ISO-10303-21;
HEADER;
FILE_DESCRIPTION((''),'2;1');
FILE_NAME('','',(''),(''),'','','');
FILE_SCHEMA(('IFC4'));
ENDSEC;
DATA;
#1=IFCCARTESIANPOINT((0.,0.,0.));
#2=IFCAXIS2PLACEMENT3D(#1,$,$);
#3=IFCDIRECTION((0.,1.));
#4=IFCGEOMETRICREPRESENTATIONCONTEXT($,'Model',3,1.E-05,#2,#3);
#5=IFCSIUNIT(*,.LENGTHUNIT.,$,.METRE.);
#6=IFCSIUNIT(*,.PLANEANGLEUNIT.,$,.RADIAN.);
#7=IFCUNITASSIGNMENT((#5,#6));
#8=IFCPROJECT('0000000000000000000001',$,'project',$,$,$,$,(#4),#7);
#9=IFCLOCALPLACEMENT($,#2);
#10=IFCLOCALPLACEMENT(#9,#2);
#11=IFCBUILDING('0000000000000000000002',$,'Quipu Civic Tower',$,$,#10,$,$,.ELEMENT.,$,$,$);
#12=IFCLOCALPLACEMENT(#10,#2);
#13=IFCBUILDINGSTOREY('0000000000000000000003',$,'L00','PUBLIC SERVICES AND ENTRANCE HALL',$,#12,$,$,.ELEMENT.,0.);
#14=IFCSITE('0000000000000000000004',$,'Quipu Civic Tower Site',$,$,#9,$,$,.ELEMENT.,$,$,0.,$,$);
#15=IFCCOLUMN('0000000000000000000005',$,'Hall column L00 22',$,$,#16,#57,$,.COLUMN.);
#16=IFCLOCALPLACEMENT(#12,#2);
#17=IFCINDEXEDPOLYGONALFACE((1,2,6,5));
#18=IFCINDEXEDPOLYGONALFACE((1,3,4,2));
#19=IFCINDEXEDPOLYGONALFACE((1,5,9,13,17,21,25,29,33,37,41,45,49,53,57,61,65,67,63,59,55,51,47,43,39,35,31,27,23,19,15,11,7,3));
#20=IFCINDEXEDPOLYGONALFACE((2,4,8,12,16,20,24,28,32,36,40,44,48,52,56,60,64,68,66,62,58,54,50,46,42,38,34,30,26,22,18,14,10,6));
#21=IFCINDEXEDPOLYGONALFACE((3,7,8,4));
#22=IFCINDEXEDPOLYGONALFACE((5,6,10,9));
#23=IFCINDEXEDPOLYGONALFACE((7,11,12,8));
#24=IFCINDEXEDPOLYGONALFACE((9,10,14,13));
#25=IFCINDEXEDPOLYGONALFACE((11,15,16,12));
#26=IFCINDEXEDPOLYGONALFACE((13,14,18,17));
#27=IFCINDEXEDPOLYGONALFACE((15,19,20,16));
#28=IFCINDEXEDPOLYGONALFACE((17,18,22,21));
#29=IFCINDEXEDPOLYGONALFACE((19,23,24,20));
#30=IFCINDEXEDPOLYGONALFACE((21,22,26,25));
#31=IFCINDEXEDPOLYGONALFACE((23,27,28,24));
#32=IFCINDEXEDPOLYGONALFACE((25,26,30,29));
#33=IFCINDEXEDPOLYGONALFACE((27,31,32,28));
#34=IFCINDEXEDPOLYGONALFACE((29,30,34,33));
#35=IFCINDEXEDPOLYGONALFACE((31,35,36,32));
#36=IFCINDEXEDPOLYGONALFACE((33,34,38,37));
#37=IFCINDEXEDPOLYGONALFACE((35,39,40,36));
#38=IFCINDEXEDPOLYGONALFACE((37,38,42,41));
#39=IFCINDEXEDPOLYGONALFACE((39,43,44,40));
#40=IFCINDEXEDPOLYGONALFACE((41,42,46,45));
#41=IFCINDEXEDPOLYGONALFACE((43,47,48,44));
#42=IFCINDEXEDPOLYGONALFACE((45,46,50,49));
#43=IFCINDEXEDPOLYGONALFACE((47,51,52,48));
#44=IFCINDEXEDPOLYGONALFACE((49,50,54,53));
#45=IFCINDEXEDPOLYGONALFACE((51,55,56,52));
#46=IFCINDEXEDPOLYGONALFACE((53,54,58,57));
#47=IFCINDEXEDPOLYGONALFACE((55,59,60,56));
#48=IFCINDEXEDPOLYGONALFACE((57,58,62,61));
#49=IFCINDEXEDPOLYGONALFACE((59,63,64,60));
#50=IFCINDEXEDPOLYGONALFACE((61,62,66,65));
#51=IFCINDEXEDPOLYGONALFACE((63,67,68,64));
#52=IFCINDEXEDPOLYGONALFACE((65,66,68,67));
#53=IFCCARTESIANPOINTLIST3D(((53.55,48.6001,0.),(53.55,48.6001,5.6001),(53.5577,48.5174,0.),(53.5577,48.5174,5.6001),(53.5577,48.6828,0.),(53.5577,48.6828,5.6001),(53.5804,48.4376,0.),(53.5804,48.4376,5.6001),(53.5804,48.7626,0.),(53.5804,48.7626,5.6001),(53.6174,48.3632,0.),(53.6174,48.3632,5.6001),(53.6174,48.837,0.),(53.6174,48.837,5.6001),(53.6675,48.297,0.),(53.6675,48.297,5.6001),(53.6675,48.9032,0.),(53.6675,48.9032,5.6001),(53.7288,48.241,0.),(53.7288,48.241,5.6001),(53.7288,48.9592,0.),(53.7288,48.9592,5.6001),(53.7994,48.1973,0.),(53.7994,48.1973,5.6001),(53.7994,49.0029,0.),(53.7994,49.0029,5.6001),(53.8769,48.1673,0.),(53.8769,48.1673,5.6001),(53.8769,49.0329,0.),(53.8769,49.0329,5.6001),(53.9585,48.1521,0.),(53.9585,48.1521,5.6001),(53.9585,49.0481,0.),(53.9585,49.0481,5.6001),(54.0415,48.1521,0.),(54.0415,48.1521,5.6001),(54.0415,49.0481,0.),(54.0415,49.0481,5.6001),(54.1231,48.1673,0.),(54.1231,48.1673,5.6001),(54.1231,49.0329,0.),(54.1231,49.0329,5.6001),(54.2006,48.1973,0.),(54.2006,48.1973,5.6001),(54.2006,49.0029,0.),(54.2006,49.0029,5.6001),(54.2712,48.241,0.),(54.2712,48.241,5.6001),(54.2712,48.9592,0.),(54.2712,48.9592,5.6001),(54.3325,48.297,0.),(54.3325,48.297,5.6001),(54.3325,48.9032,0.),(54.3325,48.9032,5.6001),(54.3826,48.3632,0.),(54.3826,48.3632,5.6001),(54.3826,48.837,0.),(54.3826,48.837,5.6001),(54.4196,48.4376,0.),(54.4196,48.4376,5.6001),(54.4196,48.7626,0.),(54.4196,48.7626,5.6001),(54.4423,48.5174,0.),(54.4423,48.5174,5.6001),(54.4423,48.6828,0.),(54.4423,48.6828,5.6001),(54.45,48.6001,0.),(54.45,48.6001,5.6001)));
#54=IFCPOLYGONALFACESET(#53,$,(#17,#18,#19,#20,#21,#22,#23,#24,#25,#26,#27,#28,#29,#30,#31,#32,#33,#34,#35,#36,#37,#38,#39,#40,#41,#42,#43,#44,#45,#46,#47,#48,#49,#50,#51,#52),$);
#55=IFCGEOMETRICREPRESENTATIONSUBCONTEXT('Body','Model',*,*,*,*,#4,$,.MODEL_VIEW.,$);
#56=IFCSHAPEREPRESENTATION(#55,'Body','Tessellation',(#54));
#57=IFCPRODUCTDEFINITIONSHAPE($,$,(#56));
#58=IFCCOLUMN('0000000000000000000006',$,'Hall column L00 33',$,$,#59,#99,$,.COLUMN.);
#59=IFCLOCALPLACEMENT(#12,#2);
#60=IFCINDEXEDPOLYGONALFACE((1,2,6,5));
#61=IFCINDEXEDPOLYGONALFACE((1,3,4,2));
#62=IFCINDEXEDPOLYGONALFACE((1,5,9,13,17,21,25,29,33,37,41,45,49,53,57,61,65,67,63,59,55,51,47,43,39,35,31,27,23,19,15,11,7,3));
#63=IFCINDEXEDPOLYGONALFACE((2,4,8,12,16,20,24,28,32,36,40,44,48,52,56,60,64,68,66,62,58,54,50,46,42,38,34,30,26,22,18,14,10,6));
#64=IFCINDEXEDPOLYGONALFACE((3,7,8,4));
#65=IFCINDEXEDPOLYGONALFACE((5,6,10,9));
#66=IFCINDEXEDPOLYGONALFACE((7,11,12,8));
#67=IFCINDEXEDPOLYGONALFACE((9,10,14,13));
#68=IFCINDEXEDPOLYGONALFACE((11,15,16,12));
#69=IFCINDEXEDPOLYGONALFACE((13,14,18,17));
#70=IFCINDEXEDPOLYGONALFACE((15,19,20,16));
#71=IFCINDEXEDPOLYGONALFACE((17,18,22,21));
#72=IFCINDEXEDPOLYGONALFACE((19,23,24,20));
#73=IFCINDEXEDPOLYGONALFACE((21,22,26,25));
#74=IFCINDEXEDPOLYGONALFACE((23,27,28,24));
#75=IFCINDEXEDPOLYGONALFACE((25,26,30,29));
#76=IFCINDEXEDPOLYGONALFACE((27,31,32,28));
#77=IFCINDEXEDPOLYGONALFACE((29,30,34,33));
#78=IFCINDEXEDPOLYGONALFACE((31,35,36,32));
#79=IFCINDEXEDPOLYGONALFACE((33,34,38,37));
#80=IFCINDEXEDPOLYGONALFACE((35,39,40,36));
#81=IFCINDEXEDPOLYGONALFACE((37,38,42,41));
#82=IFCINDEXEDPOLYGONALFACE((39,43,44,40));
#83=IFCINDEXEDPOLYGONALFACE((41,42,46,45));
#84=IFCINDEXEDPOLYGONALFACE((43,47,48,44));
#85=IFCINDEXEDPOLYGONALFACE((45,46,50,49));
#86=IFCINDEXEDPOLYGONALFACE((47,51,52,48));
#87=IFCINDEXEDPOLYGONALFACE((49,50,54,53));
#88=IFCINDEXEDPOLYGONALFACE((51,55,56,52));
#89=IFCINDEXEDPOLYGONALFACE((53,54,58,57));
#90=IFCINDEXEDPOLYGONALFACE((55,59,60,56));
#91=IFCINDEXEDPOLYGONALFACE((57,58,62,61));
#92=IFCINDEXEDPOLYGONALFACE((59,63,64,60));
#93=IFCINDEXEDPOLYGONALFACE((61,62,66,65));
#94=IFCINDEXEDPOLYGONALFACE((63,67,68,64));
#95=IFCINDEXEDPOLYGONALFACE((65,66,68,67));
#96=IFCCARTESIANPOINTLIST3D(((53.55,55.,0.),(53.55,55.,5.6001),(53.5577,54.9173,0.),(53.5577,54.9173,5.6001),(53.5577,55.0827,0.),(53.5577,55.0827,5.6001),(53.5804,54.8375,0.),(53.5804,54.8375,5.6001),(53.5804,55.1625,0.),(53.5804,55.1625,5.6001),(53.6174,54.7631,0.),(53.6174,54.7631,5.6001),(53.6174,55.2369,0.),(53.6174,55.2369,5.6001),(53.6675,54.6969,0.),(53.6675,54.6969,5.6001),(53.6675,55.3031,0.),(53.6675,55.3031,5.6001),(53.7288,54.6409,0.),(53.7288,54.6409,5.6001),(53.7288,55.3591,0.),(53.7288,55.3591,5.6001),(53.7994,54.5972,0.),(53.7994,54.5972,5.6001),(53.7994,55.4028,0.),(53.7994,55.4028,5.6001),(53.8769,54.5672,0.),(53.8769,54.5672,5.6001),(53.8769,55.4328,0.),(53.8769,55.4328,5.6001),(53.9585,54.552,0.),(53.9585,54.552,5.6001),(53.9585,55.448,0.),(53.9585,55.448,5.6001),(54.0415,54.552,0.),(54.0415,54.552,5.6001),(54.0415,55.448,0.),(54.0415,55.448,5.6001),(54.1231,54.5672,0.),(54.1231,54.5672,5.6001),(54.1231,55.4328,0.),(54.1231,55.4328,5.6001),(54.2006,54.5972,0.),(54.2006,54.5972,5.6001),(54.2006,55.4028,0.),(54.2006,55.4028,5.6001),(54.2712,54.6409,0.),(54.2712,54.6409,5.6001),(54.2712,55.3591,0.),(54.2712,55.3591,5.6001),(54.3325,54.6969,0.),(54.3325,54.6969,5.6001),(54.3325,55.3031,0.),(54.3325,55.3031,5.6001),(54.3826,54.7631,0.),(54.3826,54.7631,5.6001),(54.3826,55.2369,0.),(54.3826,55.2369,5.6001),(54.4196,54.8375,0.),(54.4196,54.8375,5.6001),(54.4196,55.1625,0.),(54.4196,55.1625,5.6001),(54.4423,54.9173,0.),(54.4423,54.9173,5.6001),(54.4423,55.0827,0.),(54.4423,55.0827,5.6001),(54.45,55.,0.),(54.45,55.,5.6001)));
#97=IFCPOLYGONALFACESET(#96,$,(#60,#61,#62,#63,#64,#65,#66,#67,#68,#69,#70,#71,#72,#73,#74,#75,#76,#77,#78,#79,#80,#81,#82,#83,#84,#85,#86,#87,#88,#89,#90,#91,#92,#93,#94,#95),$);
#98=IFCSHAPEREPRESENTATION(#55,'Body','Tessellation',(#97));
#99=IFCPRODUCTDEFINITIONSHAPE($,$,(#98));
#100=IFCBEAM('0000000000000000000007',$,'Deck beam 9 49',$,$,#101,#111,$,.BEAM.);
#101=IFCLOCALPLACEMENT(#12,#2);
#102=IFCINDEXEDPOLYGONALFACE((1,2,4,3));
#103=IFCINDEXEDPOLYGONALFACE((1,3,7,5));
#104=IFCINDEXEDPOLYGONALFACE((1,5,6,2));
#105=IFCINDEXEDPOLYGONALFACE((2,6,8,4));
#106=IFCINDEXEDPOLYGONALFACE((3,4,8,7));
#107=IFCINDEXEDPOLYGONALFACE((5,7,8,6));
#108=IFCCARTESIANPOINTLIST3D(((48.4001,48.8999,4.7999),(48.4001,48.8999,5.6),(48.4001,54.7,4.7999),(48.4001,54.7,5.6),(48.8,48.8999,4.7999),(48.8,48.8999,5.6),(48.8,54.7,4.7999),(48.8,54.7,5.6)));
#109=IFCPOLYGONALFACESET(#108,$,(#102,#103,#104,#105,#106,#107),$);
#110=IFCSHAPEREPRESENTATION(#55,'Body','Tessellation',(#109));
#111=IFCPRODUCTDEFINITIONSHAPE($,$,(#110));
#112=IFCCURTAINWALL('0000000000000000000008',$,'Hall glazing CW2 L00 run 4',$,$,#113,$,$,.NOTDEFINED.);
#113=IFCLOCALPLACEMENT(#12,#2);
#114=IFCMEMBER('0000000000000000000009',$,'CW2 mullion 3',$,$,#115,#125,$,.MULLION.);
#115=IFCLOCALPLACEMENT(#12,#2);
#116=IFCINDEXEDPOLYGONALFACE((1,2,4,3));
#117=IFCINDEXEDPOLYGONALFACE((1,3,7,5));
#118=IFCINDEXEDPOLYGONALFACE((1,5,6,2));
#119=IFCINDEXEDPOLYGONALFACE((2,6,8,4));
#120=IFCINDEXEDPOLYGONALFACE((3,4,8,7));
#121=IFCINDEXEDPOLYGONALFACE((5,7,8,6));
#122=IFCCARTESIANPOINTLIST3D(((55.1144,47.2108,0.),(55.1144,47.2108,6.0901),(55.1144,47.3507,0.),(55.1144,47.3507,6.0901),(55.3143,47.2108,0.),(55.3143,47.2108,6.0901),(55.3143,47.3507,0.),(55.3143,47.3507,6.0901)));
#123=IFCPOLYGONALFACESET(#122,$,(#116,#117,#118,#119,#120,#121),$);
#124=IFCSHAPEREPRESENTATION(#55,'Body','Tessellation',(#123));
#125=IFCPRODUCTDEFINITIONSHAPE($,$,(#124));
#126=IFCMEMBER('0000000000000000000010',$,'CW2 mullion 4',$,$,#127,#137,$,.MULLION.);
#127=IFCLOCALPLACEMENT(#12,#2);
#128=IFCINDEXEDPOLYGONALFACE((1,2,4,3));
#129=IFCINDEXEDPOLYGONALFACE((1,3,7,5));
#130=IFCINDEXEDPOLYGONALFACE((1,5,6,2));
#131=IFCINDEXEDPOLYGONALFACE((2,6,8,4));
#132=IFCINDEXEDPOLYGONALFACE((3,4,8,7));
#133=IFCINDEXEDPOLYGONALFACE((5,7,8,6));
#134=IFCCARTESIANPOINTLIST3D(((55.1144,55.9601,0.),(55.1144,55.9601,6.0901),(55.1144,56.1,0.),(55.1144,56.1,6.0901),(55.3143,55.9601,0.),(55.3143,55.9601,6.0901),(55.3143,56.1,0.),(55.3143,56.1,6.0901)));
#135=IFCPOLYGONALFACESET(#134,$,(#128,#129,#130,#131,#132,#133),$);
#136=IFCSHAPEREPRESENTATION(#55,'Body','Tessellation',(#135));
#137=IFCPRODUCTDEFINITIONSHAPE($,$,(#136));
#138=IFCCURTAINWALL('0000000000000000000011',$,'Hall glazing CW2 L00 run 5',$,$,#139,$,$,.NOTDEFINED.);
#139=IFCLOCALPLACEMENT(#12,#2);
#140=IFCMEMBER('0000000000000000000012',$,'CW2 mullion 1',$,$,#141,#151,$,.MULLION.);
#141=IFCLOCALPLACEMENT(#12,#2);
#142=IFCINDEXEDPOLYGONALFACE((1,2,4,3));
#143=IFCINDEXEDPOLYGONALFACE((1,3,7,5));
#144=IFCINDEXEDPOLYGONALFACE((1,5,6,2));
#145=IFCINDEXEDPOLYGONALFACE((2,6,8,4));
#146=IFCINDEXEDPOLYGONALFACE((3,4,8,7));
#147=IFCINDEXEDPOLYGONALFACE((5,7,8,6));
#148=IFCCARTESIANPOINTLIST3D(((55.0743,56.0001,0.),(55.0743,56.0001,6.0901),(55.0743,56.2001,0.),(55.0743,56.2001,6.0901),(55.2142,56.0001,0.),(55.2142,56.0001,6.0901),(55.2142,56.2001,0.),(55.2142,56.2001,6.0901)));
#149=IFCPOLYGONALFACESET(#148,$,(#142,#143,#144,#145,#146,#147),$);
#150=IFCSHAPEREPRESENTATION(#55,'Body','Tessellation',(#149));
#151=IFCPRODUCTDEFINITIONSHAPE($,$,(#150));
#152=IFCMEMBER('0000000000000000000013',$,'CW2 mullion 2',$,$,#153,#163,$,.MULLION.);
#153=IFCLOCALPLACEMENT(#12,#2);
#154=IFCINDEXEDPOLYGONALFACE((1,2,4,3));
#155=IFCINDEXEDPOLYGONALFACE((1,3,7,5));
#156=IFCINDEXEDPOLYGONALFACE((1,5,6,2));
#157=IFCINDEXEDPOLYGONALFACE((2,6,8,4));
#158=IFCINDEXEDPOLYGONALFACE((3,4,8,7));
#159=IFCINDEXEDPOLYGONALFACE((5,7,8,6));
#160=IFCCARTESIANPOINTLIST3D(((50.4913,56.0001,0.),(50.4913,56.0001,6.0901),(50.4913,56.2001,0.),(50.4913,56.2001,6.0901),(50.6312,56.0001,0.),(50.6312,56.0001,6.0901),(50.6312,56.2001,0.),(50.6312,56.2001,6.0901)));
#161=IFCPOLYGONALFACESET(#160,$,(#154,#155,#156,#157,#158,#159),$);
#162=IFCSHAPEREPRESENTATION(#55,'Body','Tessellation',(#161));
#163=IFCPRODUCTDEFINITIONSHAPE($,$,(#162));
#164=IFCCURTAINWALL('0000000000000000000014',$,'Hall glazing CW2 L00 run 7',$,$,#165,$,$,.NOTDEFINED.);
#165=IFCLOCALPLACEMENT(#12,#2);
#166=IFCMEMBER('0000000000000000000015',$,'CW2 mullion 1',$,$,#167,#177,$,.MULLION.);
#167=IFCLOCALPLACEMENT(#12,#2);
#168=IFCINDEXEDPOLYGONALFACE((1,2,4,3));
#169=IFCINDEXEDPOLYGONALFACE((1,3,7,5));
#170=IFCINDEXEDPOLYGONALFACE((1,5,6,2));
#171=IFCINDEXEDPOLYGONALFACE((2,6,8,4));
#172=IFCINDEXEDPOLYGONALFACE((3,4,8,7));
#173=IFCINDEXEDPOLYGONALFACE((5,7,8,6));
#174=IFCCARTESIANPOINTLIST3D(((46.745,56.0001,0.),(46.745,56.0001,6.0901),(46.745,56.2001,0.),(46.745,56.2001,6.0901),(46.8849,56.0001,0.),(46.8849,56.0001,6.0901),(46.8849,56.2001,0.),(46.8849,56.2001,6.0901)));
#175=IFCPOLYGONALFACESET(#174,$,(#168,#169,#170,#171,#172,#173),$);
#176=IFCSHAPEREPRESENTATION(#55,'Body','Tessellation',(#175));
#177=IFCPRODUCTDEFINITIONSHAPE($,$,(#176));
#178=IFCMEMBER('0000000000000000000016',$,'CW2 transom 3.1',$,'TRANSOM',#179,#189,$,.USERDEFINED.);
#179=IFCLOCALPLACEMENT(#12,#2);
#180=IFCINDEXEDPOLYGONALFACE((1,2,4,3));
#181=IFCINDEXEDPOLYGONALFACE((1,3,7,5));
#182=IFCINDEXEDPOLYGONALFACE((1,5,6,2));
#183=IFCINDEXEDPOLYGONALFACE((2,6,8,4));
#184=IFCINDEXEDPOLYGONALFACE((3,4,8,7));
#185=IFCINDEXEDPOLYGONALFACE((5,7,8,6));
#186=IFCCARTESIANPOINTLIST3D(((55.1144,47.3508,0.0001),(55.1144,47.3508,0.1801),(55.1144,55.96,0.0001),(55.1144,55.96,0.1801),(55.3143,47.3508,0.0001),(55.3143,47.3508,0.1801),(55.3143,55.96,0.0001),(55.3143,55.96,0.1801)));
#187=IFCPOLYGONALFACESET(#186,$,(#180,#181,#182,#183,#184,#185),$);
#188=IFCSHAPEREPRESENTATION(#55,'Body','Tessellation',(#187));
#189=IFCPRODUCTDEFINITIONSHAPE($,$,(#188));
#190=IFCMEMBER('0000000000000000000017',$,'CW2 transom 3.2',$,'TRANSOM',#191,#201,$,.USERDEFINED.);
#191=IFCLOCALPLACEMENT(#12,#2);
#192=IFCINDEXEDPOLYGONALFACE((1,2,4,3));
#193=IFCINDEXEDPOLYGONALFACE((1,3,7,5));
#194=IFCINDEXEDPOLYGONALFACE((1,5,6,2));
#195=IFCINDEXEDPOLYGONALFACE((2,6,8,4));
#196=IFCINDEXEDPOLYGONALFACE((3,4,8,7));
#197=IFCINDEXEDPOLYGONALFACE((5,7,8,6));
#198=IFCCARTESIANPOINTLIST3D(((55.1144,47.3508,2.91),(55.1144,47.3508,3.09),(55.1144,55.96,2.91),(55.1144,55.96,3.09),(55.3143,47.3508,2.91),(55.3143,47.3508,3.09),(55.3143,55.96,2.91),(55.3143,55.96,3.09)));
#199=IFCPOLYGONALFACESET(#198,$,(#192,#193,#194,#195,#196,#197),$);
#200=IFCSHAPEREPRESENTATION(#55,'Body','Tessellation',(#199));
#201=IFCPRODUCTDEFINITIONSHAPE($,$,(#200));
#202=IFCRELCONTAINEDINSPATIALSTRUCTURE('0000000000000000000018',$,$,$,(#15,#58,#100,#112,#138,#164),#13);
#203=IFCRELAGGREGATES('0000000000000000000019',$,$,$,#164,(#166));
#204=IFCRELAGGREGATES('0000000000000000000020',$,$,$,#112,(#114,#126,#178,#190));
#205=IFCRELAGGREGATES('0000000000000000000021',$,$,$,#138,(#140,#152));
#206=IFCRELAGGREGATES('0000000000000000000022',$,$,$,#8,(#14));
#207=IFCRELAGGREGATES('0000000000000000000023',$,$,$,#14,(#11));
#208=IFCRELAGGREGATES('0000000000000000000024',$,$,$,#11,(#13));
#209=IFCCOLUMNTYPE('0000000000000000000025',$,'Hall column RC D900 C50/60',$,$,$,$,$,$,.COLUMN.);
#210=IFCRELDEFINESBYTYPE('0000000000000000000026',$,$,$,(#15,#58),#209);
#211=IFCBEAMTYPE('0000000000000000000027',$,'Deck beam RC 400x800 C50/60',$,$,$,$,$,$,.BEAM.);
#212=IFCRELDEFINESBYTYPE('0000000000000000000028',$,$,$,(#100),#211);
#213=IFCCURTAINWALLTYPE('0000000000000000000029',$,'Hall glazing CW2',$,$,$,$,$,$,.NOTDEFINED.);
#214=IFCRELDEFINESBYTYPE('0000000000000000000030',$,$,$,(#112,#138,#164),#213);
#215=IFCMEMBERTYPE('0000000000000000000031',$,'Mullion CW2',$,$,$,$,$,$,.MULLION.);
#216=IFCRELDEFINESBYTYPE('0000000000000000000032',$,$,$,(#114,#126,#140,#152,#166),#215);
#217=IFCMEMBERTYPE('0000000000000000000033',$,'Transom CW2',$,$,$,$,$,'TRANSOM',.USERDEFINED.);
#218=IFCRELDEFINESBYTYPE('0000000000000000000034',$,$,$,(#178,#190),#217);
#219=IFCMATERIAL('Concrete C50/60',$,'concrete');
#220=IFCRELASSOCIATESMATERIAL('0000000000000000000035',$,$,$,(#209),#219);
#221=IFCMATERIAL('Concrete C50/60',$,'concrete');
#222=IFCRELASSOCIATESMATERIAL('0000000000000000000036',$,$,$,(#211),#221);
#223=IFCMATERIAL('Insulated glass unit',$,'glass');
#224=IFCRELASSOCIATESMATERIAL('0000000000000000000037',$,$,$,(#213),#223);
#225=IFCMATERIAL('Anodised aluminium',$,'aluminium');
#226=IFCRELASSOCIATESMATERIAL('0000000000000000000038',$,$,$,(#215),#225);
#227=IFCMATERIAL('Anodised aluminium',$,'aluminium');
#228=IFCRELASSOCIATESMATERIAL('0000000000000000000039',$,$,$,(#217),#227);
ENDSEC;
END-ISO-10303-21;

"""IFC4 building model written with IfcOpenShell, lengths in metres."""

from ifc_helpers import new_model, si_unit, direction, frame, origin, origin_2d, place, context, subcontext, project, spatial, rectangle, circle, extrude, material, material_profile, profile_set, type_object, element, aggregate, save


model = new_model("IFC4")

# Units and contexts
model_context = context("Model", 3, precision=1e-05, world=origin(), true_north=direction((0.0, 1.0)))
body_context = subcontext(model_context, "Body", "Model", "MODEL_VIEW")
ifc_project = project(units=[si_unit("LENGTHUNIT", "METRE"), si_unit("PLANEANGLEUNIT", "RADIAN")], contexts=[model_context])

# Site, building, storey
site_placement = place(None, origin())
site = spatial("IfcSite", under=ifc_project, at=site_placement, Name="Quipu Civic Tower Site", CompositionType="ELEMENT", RefElevation=0.0)
building_placement = place(site_placement, origin())
building = spatial("IfcBuilding", under=site, at=building_placement, Name="Quipu Civic Tower", CompositionType="ELEMENT")
storey_placement = place(building_placement, origin())
storey = spatial("IfcBuildingStorey", under=building, at=storey_placement, Name="L00", Description="PUBLIC SERVICES AND ENTRANCE HALL", CompositionType="ELEMENT", Elevation=0.0)

# Columns
ifc_material_1 = material(Name="Concrete C50/60", Category="concrete")
ifc_material_profile_1 = material_profile(ifc_material_1, circle(Radius=0.45, at=origin_2d()), Name="RCD900")
ifc_profile_set_1 = profile_set([ifc_material_profile_1], Name="Concrete C50/60")
column_type = type_object("IfcColumnType", Name="Hall column RC D900 C50/60", PredefinedType="COLUMN", material=ifc_profile_set_1)
for number, where, z_axis, x_axis, name in (
    (1, (54.0, 48.6001, 0.0), (0.0, 0.0, 1.0), (1.0, 0.0, 0.0), "Hall column L00 22"),
    (2, (54.0, 55.0, 0.0), (0.0, 0.0, 1.0), (1.0, 0.0, 0.0), "Hall column L00 33"),
):
    element("IfcColumn", number, at=place(storey_placement, frame(where, z_axis=z_axis, x_axis=x_axis)), inside=storey, type_object=column_type, Name=name, PredefinedType="COLUMN", context=body_context, shape_type="SweptSolid", body=[
        extrude(circle(Radius=0.45, at=origin_2d()), origin(), (0.0, 0.0, 1.0), 5.6001),
    ])

# Beam
ifc_material_2 = material(Name="Concrete C50/60", Category="concrete")
ifc_material_profile_2 = material_profile(ifc_material_2, rectangle(XDim=0.3999, YDim=0.8, at=origin_2d()), Name="RC400x800")
ifc_profile_set_2 = profile_set([ifc_material_profile_2], Name="Concrete C50/60")
beam_type = type_object("IfcBeamType", Name="Deck beam RC 400x800 C50/60", PredefinedType="BEAM", material=ifc_profile_set_2)
beam_placement = place(storey_placement, frame((48.6001, 48.8999, 5.2), z_axis=(0.0, 1.0, 0.0), x_axis=(-1.0, 0.0, 0.0)))
element("IfcBeam", 3, at=beam_placement, inside=storey, type_object=beam_type, Name="Deck beam 9 49", PredefinedType="BEAM", context=body_context, shape_type="SweptSolid", body=[
    extrude(rectangle(XDim=0.3999, YDim=0.8, at=origin_2d()), origin(), (0.0, 0.0, 1.0), 5.8),
])

# Curtain walls, members
ifc_material_3 = material(Name="Insulated glass unit", Category="glass")
curtain_wall_type = type_object("IfcCurtainWallType", Name="Hall glazing CW2", PredefinedType="NOTDEFINED", material=ifc_material_3)
curtain_wall_1_placement = place(storey_placement, origin())
curtain_wall_1 = element("IfcCurtainWall", 4, at=curtain_wall_1_placement, inside=storey, type_object=curtain_wall_type, Name="Hall glazing CW2 L00 run 4", PredefinedType="NOTDEFINED")
ifc_material_4 = material(Name="Anodised aluminium", Category="aluminium")
ifc_material_profile_3 = material_profile(ifc_material_4, rectangle(XDim=0.2, YDim=0.1399, at=origin_2d()), Name="RECT 200x140")
ifc_profile_set_3 = profile_set([ifc_material_profile_3], Name="Anodised aluminium")
member_type_1 = type_object("IfcMemberType", Name="Mullion CW2", PredefinedType="MULLION", material=ifc_profile_set_3)
member_1_placement = place(storey_placement, frame((55.2144, 47.2808, 0.0), z_axis=(0.0, 0.0, 1.0), x_axis=(-1.0, 0.0, 0.0)))
member_1 = element("IfcMember", 5, at=member_1_placement, type_object=member_type_1, Name="CW2 mullion 3", PredefinedType="MULLION", context=body_context, shape_type="SweptSolid", body=[
    extrude(rectangle(XDim=0.2, YDim=0.1399, at=origin_2d()), origin(), (0.0, 0.0, 1.0), 6.0901),
])
member_2_placement = place(storey_placement, frame((55.2144, 56.03, 0.0), z_axis=(0.0, 0.0, 1.0), x_axis=(-1.0, 0.0, 0.0)))
member_2 = element("IfcMember", 6, at=member_2_placement, type_object=member_type_1, Name="CW2 mullion 4", PredefinedType="MULLION", context=body_context, shape_type="SweptSolid", body=[
    extrude(rectangle(XDim=0.2, YDim=0.1399, at=origin_2d()), origin(), (0.0, 0.0, 1.0), 6.0901),
])
curtain_wall_2_placement = place(storey_placement, origin())
curtain_wall_2 = element("IfcCurtainWall", 7, at=curtain_wall_2_placement, inside=storey, type_object=curtain_wall_type, Name="Hall glazing CW2 L00 run 5", PredefinedType="NOTDEFINED")
member_3_placement = place(storey_placement, frame((55.1443, 56.1001, 0.0), z_axis=(0.0, 0.0, 1.0), x_axis=(0.0, -1.0, 0.0)))
member_3 = element("IfcMember", 8, at=member_3_placement, type_object=member_type_1, Name="CW2 mullion 1", PredefinedType="MULLION", context=body_context, shape_type="SweptSolid", body=[
    extrude(rectangle(XDim=0.2, YDim=0.1399, at=origin_2d()), origin(), (0.0, 0.0, 1.0), 6.0901),
])
member_4_placement = place(storey_placement, frame((50.5613, 56.1001, 0.0), z_axis=(0.0, 0.0, 1.0), x_axis=(0.0, -1.0, 0.0)))
member_4 = element("IfcMember", 9, at=member_4_placement, type_object=member_type_1, Name="CW2 mullion 2", PredefinedType="MULLION", context=body_context, shape_type="SweptSolid", body=[
    extrude(rectangle(XDim=0.2, YDim=0.1399, at=origin_2d()), origin(), (0.0, 0.0, 1.0), 6.0901),
])

# Curtain wall, member
curtain_wall_3_placement = place(storey_placement, origin())
curtain_wall_3 = element("IfcCurtainWall", 10, at=curtain_wall_3_placement, inside=storey, type_object=curtain_wall_type, Name="Hall glazing CW2 L00 run 7", PredefinedType="NOTDEFINED")
member_5_placement = place(storey_placement, frame((46.8149, 56.1001, 0.0), z_axis=(0.0, 0.0, 1.0), x_axis=(0.0, -1.0, 0.0)))
member_5 = element("IfcMember", 11, at=member_5_placement, type_object=member_type_1, Name="CW2 mullion 1", PredefinedType="MULLION", context=body_context, shape_type="SweptSolid", body=[
    extrude(rectangle(XDim=0.2, YDim=0.1399, at=origin_2d()), origin(), (0.0, 0.0, 1.0), 6.0901),
])
aggregate(curtain_wall_3, [member_5])

# Members
ifc_material_5 = material(Name="Anodised aluminium", Category="aluminium")
ifc_material_profile_4 = material_profile(ifc_material_5, rectangle(XDim=0.2, YDim=0.1799, at=origin_2d()), Name="RECT 200x180")
ifc_profile_set_4 = profile_set([ifc_material_profile_4], Name="Anodised aluminium")
member_type_2 = type_object("IfcMemberType", Name="Transom CW2", ElementType="TRANSOM", PredefinedType="USERDEFINED", material=ifc_profile_set_4)
member_6_placement = place(storey_placement, frame((55.2144, 47.3508, 0.0901), z_axis=(0.0, 1.0, 0.0), x_axis=(-1.0, 0.0, 0.0)))
member_6 = element("IfcMember", 12, at=member_6_placement, type_object=member_type_2, Name="CW2 transom 3.1", ObjectType="TRANSOM", PredefinedType="USERDEFINED", context=body_context, shape_type="SweptSolid", body=[
    extrude(rectangle(XDim=0.2, YDim=0.1799, at=origin_2d()), origin(), (0.0, 0.0, 1.0), 8.6091),
])
member_7_placement = place(storey_placement, frame((55.2144, 47.3508, 3.0), z_axis=(0.0, 1.0, 0.0), x_axis=(-1.0, 0.0, 0.0)))
member_7 = element("IfcMember", 13, at=member_7_placement, type_object=member_type_2, Name="CW2 transom 3.2", ObjectType="TRANSOM", PredefinedType="USERDEFINED", context=body_context, shape_type="SweptSolid", body=[
    extrude(rectangle(XDim=0.2, YDim=0.1799, at=origin_2d()), origin(), (0.0, 0.0, 1.0), 8.6091),
])

aggregate(curtain_wall_1, [member_1, member_2, member_6, member_7])
aggregate(curtain_wall_2, [member_3, member_4])

save(model, "model.ifc")
